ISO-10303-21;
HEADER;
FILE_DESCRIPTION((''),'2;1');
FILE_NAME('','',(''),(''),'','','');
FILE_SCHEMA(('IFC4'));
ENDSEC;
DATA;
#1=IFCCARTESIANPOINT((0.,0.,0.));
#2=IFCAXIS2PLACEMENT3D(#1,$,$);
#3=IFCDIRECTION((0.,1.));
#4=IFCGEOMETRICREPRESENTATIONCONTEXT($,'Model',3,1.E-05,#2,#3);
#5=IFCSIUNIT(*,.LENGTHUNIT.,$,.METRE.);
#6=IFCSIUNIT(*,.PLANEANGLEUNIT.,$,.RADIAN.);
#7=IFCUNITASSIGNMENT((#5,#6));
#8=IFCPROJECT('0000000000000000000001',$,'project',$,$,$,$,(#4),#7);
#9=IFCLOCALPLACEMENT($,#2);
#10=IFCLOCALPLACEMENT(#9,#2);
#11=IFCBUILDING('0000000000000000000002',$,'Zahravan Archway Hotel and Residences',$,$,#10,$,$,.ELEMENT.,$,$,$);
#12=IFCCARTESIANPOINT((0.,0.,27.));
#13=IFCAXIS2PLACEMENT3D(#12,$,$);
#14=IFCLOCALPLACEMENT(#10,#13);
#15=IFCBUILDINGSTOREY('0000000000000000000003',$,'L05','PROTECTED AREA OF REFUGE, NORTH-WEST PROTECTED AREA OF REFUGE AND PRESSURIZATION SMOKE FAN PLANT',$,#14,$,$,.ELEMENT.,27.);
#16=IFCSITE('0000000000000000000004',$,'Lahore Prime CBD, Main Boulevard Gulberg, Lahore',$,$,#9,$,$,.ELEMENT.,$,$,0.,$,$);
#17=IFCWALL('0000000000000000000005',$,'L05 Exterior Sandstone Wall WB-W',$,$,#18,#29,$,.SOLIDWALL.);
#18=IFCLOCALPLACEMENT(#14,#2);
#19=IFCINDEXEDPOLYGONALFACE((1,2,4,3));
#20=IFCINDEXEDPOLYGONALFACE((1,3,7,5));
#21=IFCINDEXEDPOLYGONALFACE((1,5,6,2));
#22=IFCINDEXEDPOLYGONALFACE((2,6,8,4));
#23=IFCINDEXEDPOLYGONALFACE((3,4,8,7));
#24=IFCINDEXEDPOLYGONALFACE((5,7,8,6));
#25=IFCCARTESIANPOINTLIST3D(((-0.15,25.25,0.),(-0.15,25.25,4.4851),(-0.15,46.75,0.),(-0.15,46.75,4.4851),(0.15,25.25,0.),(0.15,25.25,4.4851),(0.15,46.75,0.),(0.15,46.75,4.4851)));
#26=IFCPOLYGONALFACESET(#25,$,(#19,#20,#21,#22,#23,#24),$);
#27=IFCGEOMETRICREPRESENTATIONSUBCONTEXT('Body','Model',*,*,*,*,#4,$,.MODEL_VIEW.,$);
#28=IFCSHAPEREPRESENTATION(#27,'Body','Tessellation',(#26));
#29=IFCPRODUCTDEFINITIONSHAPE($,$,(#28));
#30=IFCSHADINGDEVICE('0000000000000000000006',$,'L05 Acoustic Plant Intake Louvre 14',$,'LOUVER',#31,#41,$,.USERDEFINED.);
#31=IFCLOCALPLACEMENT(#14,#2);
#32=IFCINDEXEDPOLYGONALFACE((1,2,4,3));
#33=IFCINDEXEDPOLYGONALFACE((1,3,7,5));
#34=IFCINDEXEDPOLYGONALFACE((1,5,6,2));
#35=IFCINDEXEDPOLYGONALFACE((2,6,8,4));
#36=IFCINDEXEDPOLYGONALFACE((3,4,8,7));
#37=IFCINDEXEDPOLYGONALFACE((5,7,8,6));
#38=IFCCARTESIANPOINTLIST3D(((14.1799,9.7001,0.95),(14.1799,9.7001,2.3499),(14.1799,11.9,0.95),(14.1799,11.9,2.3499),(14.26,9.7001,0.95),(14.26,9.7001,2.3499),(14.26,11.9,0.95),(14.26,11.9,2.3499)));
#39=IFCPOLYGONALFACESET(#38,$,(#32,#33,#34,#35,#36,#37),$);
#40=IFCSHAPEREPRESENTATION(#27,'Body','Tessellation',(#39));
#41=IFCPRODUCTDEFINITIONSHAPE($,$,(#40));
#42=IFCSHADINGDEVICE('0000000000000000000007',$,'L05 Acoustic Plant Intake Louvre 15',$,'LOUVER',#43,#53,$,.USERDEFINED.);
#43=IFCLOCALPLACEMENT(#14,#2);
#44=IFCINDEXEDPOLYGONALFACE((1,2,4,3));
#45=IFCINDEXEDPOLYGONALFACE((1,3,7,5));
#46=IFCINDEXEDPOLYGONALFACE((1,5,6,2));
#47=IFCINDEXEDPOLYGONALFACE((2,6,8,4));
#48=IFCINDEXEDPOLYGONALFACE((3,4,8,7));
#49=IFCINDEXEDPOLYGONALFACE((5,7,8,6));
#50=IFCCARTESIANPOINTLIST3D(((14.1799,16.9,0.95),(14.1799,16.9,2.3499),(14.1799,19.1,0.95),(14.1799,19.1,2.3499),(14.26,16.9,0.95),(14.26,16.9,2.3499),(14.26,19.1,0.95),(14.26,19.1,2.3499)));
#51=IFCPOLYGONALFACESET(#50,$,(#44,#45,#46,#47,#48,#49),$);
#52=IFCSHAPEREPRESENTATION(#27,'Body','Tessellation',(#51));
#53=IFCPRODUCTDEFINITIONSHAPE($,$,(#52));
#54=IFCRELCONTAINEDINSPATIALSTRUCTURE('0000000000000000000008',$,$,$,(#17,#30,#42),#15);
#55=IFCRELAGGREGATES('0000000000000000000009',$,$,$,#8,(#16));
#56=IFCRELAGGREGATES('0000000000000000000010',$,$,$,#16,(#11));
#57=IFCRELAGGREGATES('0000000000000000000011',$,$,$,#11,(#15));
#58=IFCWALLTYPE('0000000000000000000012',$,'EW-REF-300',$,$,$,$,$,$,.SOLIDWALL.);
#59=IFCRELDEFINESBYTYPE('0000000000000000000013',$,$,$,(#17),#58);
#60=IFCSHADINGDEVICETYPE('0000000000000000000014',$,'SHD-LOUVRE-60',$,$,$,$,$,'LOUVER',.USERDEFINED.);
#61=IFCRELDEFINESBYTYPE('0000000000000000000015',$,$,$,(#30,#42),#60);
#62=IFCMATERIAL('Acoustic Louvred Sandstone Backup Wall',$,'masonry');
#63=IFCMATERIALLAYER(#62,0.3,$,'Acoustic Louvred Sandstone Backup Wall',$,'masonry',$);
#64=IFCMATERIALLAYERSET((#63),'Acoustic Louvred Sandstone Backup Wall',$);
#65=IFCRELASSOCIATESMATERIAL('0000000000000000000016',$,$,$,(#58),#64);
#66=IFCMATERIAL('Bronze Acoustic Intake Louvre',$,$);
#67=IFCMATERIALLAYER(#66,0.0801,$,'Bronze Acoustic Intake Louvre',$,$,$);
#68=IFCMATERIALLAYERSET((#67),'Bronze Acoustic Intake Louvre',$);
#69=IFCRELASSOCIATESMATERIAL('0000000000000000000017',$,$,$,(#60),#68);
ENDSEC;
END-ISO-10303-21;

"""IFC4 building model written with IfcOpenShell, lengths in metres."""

from ifc_helpers import new_model, si_unit, direction, frame, frame_2d, origin, origin_2d, place, context, subcontext, project, spatial, rectangle, extrude, source, transform, mapped, material, layer, layer_set, type_object, type_shapes, element, save


model = new_model("IFC4")

# Units and contexts
model_context = context("Model", 3, precision=1e-05, world=origin(), true_north=direction((0.0, 1.0)))
body_context = subcontext(model_context, "Body", "Model", "MODEL_VIEW")
ifc_project = project(units=[si_unit("LENGTHUNIT", "METRE"), si_unit("PLANEANGLEUNIT", "RADIAN")], contexts=[model_context])

# Site, building, storey
site_placement = place(None, origin())
site = spatial("IfcSite", under=ifc_project, at=site_placement, Name="Lahore Prime CBD, Main Boulevard Gulberg, Lahore", CompositionType="ELEMENT", RefElevation=0.0)
building_placement = place(site_placement, origin())
building = spatial("IfcBuilding", under=site, at=building_placement, Name="Zahravan Archway Hotel and Residences", CompositionType="ELEMENT")
storey_placement = place(building_placement, frame((0.0, 0.0, 27.0)))
storey = spatial("IfcBuildingStorey", under=building, at=storey_placement, Name="L05", Description="PROTECTED AREA OF REFUGE, NORTH-WEST PROTECTED AREA OF REFUGE AND PRESSURIZATION SMOKE FAN PLANT", CompositionType="ELEMENT", Elevation=27.0)

# Wall
ifc_material_1 = material(Name="Acoustic Louvred Sandstone Backup Wall", Category="masonry")
ifc_layer_1 = layer(ifc_material_1, 0.3, Name="Acoustic Louvred Sandstone Backup Wall", Category="masonry")
ifc_layer_set_1 = layer_set([ifc_layer_1], Name="Acoustic Louvred Sandstone Backup Wall")
wall_type_1 = type_object("IfcWallType", Name="EW-REF-300", PredefinedType="SOLIDWALL", material=ifc_layer_set_1)
wall_1_placement = place(storey_placement, frame((0.0, 25.25, 0.0), z_axis=(0.0, 0.0, 1.0), x_axis=(0.0, 1.0, 0.0)))
element("IfcWall", 1, at=wall_1_placement, inside=storey, type_object=wall_type_1, Name="L05 Exterior Sandstone Wall WB-W", PredefinedType="SOLIDWALL", context=body_context, shape_type="SweptSolid", body=[
    extrude(rectangle(XDim=21.5, YDim=0.3, at=frame_2d((10.75, 0.0))), origin(), (0.0, 0.0, 1.0), 4.4851),
])

# Shading devices
ifc_material_2 = material(Name="Bronze Acoustic Intake Louvre")
ifc_layer_2 = layer(ifc_material_2, 0.0801, Name="Bronze Acoustic Intake Louvre")
ifc_layer_set_2 = layer_set([ifc_layer_2], Name="Bronze Acoustic Intake Louvre")
shading_device_type = type_object("IfcShadingDeviceType", Name="SHD-LOUVRE-60", ElementType="LOUVER", PredefinedType="USERDEFINED", material=ifc_layer_set_2)
shared_shape_1 = source(origin(), body_context, "Body", "SweptSolid", [
    extrude(rectangle(XDim=2.2, YDim=0.0801, at=origin_2d()), origin(), (0.0, 0.0, 1.0), 1.3999),
])
type_shapes(shading_device_type, [shared_shape_1])
for number, where, z_axis, x_axis, name in (
    (2, (14.22, 10.8, 0.95), (0.0, 0.0, 1.0), (0.0, 1.0, 0.0), "L05 Acoustic Plant Intake Louvre 14"),
    (3, (14.22, 18.0, 0.95), (0.0, 0.0, 1.0), (0.0, 1.0, 0.0), "L05 Acoustic Plant Intake Louvre 15"),
):
    element("IfcShadingDevice", number, at=place(storey_placement, frame(where, z_axis=z_axis, x_axis=x_axis)), inside=storey, type_object=shading_device_type, Name=name, ObjectType="LOUVER", PredefinedType="USERDEFINED", context=body_context, shape_type="MappedRepresentation", body=[
        mapped(shared_shape_1, transform((0.0, 0.0, 0.0), scale=1.0)),
    ])

save(model, "model.ifc")
